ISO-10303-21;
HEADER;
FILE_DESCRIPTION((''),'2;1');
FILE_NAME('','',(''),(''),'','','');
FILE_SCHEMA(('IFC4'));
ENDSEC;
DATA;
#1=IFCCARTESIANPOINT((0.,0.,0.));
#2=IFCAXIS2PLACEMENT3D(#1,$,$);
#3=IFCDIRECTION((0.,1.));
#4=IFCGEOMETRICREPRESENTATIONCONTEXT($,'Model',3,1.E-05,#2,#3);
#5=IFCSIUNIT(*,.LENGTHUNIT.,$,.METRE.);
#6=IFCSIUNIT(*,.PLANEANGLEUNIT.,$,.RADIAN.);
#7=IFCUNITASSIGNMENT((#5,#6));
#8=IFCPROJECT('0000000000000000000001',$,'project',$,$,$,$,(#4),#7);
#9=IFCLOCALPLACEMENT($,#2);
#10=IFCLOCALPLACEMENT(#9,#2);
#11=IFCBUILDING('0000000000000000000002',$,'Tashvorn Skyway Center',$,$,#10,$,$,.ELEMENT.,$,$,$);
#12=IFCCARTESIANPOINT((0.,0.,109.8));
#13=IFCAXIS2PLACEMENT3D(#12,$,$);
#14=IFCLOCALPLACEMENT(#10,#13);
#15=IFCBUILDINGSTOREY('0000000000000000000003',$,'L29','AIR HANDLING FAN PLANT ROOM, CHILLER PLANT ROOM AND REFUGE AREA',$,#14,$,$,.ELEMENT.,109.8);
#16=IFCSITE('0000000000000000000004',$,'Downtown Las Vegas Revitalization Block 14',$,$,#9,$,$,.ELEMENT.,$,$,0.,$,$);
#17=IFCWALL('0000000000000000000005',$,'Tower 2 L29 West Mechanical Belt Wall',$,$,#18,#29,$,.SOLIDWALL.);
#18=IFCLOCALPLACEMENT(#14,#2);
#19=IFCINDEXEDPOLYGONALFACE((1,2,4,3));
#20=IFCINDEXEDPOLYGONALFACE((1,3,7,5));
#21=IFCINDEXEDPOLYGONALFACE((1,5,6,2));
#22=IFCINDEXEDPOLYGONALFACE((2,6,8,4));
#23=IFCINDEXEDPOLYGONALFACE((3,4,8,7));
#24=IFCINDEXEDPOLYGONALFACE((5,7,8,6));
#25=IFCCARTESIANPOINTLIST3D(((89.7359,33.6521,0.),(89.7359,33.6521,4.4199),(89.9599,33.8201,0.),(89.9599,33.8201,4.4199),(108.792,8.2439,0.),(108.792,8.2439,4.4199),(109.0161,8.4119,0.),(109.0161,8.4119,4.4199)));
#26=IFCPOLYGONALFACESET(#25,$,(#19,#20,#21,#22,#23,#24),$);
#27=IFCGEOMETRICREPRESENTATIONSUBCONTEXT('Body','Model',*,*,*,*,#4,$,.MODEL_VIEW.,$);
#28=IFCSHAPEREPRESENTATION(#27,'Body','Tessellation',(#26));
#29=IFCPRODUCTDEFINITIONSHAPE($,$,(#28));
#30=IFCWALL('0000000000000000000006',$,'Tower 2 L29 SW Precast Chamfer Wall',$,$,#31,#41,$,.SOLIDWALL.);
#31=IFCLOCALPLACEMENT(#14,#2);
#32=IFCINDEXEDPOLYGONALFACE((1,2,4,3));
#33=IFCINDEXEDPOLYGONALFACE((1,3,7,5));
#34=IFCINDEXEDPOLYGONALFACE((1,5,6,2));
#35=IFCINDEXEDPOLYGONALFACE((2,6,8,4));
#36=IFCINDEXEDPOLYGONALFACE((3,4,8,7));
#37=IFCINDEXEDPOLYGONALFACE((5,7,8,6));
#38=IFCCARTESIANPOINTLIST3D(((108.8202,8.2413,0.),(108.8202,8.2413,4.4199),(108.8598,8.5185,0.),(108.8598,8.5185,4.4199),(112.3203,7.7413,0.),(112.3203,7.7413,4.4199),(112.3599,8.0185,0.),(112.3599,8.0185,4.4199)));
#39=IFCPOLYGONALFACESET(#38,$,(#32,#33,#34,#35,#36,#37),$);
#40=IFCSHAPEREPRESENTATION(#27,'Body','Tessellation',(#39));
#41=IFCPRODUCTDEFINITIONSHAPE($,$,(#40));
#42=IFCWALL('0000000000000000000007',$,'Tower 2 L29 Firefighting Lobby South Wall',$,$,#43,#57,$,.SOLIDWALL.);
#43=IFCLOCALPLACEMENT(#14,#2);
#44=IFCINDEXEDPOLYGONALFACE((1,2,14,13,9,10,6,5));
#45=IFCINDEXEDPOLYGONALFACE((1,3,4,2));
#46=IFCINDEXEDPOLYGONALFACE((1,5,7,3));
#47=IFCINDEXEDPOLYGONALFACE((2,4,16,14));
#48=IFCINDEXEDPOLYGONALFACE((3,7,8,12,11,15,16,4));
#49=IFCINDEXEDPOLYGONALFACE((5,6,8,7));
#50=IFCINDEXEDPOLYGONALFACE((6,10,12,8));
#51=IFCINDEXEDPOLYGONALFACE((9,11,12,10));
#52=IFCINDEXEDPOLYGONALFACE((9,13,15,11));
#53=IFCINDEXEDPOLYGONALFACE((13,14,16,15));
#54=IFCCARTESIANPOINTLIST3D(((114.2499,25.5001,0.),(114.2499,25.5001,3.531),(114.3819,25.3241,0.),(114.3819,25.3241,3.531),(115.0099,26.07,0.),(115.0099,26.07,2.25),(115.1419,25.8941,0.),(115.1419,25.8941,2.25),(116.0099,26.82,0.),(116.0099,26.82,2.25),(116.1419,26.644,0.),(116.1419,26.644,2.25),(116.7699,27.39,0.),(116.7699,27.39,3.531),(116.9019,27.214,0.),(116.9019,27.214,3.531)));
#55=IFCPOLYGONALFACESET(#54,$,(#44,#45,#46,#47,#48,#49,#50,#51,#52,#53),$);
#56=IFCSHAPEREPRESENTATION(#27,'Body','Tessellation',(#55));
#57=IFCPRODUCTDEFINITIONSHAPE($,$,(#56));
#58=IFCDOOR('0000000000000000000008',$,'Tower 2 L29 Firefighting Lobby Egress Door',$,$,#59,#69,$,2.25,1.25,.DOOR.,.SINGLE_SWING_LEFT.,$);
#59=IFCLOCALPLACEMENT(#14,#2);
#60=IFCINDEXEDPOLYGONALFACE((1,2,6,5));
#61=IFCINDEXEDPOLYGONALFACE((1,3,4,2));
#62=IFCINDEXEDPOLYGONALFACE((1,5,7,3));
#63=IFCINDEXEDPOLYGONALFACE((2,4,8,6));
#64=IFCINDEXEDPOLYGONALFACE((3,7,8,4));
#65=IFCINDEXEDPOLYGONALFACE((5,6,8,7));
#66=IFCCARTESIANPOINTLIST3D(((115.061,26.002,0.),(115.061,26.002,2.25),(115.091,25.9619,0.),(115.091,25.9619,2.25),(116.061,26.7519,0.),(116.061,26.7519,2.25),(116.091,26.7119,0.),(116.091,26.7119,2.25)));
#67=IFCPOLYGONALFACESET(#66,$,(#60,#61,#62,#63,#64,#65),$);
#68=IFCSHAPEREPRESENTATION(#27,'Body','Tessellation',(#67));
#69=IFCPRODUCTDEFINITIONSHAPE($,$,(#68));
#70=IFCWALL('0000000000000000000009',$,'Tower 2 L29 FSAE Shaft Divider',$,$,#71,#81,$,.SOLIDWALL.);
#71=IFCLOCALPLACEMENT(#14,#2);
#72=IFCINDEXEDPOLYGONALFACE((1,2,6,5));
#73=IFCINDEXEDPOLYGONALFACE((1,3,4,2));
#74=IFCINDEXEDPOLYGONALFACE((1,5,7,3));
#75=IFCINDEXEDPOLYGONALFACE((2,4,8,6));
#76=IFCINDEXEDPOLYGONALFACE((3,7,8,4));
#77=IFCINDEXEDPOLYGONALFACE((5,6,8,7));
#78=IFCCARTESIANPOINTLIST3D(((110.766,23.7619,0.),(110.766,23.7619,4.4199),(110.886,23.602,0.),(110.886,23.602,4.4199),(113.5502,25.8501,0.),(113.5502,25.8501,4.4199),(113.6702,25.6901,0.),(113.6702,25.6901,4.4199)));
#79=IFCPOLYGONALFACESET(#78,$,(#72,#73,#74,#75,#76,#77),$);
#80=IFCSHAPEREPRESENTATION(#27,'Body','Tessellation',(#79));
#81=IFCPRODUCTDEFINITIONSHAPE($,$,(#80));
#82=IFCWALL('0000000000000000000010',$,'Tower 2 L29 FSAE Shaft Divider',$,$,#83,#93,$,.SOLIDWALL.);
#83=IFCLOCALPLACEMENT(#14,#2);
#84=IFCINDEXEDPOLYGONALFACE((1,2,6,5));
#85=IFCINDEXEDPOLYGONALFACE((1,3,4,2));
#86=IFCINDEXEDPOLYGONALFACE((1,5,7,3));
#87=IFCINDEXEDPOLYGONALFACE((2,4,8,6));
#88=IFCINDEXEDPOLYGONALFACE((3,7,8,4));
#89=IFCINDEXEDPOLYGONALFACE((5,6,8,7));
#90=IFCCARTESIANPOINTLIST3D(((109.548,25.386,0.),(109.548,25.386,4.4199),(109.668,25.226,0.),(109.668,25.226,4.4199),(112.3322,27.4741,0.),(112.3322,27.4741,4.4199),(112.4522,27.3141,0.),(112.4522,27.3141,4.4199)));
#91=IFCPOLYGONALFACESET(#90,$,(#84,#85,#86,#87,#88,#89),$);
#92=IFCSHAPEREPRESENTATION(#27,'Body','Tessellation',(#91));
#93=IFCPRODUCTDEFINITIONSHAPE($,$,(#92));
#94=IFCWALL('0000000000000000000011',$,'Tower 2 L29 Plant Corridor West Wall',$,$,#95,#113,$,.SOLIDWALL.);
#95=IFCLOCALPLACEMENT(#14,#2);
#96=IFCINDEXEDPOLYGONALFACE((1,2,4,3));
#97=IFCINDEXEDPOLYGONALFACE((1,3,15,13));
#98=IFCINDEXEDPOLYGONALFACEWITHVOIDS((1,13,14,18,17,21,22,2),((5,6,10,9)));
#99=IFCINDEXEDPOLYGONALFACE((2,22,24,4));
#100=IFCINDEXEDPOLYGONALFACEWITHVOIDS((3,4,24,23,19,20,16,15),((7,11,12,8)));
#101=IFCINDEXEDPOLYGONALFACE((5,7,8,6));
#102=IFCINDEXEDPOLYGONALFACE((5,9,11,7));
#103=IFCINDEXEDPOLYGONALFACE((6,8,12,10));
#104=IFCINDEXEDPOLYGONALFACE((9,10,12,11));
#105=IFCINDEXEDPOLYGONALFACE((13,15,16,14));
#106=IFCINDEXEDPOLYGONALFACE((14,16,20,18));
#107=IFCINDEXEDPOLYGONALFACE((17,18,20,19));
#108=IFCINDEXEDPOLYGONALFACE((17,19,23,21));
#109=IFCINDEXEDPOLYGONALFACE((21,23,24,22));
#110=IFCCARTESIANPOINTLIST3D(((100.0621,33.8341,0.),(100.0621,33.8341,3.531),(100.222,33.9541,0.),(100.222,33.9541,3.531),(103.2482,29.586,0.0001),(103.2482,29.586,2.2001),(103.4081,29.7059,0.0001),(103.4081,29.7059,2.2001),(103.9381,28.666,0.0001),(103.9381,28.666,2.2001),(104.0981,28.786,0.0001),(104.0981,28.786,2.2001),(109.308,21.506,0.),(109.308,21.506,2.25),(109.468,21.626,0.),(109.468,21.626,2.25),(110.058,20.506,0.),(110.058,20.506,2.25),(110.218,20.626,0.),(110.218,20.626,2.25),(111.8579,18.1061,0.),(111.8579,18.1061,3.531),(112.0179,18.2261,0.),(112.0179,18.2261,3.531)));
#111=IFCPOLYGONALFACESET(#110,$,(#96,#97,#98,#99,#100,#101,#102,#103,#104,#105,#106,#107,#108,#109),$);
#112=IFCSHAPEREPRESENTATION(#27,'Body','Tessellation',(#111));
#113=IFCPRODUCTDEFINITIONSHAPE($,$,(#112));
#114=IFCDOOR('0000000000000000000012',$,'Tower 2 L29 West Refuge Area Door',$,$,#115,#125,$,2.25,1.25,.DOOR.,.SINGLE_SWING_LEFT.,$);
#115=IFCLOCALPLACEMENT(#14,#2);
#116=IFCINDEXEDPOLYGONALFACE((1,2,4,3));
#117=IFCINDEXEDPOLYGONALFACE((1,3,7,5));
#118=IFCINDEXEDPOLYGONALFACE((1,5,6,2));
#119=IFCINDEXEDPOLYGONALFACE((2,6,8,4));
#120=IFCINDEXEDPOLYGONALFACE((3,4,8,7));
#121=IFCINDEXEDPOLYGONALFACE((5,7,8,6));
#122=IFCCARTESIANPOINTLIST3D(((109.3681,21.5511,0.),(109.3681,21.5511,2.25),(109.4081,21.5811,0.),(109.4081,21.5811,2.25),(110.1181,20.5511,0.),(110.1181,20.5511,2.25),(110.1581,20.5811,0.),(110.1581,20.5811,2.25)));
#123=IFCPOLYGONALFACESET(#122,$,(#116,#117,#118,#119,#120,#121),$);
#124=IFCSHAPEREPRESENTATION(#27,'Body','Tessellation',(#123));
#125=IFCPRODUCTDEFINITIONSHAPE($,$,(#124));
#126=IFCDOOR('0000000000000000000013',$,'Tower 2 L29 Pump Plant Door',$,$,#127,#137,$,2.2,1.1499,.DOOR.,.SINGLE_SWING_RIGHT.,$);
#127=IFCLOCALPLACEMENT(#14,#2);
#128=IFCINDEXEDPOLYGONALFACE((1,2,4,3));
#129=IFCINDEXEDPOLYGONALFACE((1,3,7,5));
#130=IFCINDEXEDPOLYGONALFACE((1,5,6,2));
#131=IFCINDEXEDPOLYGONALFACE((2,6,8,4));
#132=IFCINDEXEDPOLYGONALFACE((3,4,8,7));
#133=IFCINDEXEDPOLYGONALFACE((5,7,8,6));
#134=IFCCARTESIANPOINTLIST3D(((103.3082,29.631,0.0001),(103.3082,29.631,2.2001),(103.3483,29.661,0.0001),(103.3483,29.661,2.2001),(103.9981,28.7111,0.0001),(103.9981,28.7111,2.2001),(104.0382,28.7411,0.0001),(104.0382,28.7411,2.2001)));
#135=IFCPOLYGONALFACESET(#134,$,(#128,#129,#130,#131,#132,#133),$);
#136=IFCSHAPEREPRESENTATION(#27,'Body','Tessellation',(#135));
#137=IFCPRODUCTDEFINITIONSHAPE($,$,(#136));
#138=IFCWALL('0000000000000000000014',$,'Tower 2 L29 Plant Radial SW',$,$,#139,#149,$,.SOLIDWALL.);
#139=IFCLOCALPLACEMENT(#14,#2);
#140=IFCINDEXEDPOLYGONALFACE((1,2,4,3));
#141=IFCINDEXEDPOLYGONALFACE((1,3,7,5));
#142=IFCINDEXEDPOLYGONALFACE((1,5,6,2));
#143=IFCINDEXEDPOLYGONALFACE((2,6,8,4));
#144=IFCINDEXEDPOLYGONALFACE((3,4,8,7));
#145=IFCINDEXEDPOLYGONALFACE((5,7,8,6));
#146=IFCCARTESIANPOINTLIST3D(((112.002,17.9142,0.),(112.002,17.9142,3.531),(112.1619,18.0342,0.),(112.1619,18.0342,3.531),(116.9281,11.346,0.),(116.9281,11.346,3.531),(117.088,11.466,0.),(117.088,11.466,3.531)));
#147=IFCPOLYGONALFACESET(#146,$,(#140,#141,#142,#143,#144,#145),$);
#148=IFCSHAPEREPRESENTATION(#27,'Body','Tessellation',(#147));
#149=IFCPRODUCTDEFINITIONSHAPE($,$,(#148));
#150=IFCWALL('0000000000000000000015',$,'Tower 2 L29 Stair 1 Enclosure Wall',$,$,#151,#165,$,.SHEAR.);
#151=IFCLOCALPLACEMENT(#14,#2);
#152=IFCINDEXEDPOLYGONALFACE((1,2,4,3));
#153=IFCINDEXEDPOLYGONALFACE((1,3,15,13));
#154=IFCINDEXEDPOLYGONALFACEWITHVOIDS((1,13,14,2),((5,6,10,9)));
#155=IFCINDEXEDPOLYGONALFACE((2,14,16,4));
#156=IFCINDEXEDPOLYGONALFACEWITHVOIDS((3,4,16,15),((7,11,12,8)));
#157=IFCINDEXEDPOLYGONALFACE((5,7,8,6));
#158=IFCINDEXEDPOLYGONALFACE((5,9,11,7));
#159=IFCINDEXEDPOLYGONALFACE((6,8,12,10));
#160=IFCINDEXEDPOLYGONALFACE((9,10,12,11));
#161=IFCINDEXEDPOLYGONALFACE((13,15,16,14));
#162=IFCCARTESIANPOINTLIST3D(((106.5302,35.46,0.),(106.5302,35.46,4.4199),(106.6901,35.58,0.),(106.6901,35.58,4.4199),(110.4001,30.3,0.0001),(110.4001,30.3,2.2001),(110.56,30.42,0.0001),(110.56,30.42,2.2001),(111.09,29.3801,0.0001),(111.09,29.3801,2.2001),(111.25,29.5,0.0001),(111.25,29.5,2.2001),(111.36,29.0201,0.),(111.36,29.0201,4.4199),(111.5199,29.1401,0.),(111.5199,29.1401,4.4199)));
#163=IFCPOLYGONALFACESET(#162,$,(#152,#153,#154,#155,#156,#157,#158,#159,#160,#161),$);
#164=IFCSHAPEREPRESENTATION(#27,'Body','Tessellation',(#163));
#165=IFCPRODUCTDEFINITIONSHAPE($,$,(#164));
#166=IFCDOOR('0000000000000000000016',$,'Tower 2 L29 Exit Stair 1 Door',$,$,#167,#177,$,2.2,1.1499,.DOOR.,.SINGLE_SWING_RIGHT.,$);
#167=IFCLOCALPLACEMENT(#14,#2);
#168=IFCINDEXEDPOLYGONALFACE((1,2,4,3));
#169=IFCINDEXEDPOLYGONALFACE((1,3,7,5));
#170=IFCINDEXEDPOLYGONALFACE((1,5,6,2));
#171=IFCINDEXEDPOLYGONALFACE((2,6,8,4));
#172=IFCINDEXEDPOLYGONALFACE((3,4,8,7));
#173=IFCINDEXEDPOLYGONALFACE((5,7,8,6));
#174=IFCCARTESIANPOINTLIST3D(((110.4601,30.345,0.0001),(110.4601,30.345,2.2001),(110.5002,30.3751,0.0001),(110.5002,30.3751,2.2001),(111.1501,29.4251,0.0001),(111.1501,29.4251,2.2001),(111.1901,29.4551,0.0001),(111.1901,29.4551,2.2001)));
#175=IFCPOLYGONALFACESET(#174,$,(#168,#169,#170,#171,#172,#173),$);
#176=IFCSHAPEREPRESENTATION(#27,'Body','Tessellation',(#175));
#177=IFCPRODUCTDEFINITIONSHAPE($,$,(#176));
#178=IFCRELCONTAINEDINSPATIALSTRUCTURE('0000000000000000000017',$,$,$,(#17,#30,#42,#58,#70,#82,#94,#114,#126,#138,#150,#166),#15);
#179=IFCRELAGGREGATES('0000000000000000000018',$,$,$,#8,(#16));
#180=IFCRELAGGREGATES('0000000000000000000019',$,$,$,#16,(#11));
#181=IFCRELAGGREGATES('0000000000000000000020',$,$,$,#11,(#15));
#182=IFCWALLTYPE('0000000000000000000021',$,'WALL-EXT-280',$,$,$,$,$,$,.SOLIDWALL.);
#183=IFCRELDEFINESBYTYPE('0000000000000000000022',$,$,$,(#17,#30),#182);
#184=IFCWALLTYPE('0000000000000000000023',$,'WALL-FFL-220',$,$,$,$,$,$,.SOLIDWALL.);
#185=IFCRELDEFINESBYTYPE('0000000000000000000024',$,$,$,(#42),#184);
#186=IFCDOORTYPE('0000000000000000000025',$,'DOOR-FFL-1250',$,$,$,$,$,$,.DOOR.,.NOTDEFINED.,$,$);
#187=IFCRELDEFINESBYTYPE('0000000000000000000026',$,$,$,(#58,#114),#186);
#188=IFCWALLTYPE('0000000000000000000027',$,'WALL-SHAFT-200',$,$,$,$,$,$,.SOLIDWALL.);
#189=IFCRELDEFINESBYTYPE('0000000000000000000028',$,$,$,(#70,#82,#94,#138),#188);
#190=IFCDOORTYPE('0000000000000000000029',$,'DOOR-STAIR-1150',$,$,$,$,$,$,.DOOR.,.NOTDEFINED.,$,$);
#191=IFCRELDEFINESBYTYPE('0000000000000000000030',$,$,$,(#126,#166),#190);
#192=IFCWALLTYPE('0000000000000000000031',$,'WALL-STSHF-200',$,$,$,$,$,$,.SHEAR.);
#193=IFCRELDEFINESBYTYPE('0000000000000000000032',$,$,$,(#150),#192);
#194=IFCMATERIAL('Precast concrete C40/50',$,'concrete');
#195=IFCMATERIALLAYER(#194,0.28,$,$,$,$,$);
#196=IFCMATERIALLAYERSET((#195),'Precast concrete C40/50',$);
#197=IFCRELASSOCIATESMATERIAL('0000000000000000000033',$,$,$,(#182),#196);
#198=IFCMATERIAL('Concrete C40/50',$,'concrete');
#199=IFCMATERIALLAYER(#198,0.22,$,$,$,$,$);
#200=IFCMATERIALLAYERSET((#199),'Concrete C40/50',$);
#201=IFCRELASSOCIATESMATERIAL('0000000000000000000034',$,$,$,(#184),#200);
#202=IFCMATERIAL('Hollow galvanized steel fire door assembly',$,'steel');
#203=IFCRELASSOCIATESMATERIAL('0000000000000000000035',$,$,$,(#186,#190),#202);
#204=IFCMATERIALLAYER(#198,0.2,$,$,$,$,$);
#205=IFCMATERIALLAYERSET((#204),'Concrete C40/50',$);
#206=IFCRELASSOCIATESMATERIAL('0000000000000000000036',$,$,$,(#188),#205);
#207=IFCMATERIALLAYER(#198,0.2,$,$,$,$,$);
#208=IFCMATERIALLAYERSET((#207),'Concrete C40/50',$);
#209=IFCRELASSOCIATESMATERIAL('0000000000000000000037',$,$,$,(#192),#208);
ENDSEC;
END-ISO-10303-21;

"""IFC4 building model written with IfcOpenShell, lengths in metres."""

from ifc_helpers import new_model, si_unit, direction, frame, frame_2d, origin, place, context, subcontext, project, spatial, rectangle, extrude, material, layer, layer_set, type_object, element, fill, save


model = new_model("IFC4")

# Units and contexts
model_context = context("Model", 3, precision=1e-05, world=origin(), true_north=direction((0.0, 1.0)))
body_context = subcontext(model_context, "Body", "Model", "MODEL_VIEW")
ifc_project = project(units=[si_unit("LENGTHUNIT", "METRE"), si_unit("PLANEANGLEUNIT", "RADIAN")], contexts=[model_context])

# Site, building, storey
site_placement = place(None, origin())
site = spatial("IfcSite", under=ifc_project, at=site_placement, Name="Downtown Las Vegas Revitalization Block 14", CompositionType="ELEMENT", RefElevation=0.0)
building_placement = place(site_placement, origin())
building = spatial("IfcBuilding", under=site, at=building_placement, Name="Tashvorn Skyway Center", CompositionType="ELEMENT")
storey_placement = place(building_placement, frame((0.0, 0.0, 109.8)))
storey = spatial("IfcBuildingStorey", under=building, at=storey_placement, Name="L29", Description="AIR HANDLING FAN PLANT ROOM, CHILLER PLANT ROOM AND REFUGE AREA", CompositionType="ELEMENT", Elevation=109.8)

# Walls
ifc_material_1 = material(Name="Precast concrete C40/50", Category="concrete")
ifc_layer_1 = layer(ifc_material_1, 0.28)
ifc_layer_set_1 = layer_set([ifc_layer_1], Name="Precast concrete C40/50")
wall_type_1 = type_object("IfcWallType", Name="WALL-EXT-280", PredefinedType="SOLIDWALL", material=ifc_layer_set_1)
wall_1_placement = place(storey_placement, frame((108.9041, 8.3279, 0.0), z_axis=(0.0, 0.0, 1.0), x_axis=(-0.6, 0.8, 0.0)))
element("IfcWall", 1, at=wall_1_placement, inside=storey, type_object=wall_type_1, Name="Tower 2 L29 West Mechanical Belt Wall", PredefinedType="SOLIDWALL", context=body_context, shape_type="SweptSolid", body=[
    extrude(rectangle(XDim=31.7603, YDim=0.28, at=frame_2d((15.8801, 0.0))), origin(), (0.0, 0.0, 1.0), 4.4199),
])
wall_2_placement = place(storey_placement, frame((112.3401, 7.8799, 0.0), z_axis=(0.0, 0.0, 1.0), x_axis=(-0.989949, 0.141421, 0.0)))
element("IfcWall", 2, at=wall_2_placement, inside=storey, type_object=wall_type_1, Name="Tower 2 L29 SW Precast Chamfer Wall", PredefinedType="SOLIDWALL", context=body_context, shape_type="SweptSolid", body=[
    extrude(rectangle(XDim=3.5356, YDim=0.28, at=frame_2d((1.7678, 0.0))), origin(), (0.0, 0.0, 1.0), 4.4199),
])

# Wall, opening, door
ifc_material_2 = material(Name="Concrete C40/50", Category="concrete")
ifc_layer_2 = layer(ifc_material_2, 0.22)
ifc_layer_set_2 = layer_set([ifc_layer_2], Name="Concrete C40/50")
wall_type_2 = type_object("IfcWallType", Name="WALL-FFL-220", PredefinedType="SOLIDWALL", material=ifc_layer_set_2)
wall_3_placement = place(storey_placement, frame((114.3159, 25.4121, 0.0), z_axis=(0.0, 0.0, 1.0), x_axis=(0.800019, 0.599975, 0.0)))
wall_3 = element("IfcWall", 3, at=wall_3_placement, inside=storey, type_object=wall_type_2, Name="Tower 2 L29 Firefighting Lobby South Wall", PredefinedType="SOLIDWALL", context=body_context, shape_type="SweptSolid", body=[
    extrude(rectangle(XDim=3.1499, YDim=0.22, at=frame_2d((1.575, 0.0))), origin(), (0.0, 0.0, 1.0), 3.531),
])
opening_1_placement = place(wall_3_placement, frame((0.95, 0.0, 0.0)))
opening_1 = element("IfcOpeningElement", 4, at=opening_1_placement, cuts=wall_3, PredefinedType="OPENING", context=body_context, shape_type="SweptSolid", body=[
    extrude(rectangle(XDim=1.25, YDim=2.25, at=frame_2d((0.625, 1.125))), frame((0.0, 0.1199, 0.0), z_axis=(0.0, -1.0, 0.0), x_axis=(1.0, 0.0, 0.0)), (0.0, 0.0, 1.0), 0.24),
])
ifc_material_3 = material(Name="Hollow galvanized steel fire door assembly", Category="steel")
door_type_1 = type_object("IfcDoorType", Name="DOOR-FFL-1250", OperationType="NOTDEFINED", PredefinedType="DOOR", material=ifc_material_3)
door_1_placement = place(opening_1_placement, origin())
door_1 = element("IfcDoor", 5, at=door_1_placement, inside=storey, type_object=door_type_1, Name="Tower 2 L29 Firefighting Lobby Egress Door", OperationType="SINGLE_SWING_LEFT", OverallHeight=2.25, OverallWidth=1.25, PredefinedType="DOOR", context=body_context, shape_type="SweptSolid", body=[
    extrude(rectangle(XDim=1.25, YDim=2.25, at=frame_2d((0.625, 1.125))), frame((0.0, 0.0249, 0.0), z_axis=(0.0, -1.0, 0.0), x_axis=(1.0, 0.0, 0.0)), (0.0, 0.0, 1.0), 0.05),
])
fill(opening_1, door_1)

# Walls
ifc_layer_3 = layer(ifc_material_2, 0.2)
ifc_layer_set_3 = layer_set([ifc_layer_3], Name="Concrete C40/50")
wall_type_3 = type_object("IfcWallType", Name="WALL-SHAFT-200", PredefinedType="SOLIDWALL", material=ifc_layer_set_3)
for number, where, z_axis, x_axis, name in (
    (6, (110.8259, 23.6819, 0.0), (0.0, 0.0, 1.0), (0.8, 0.6, 0.0), "Tower 2 L29 FSAE Shaft Divider"),
    (7, (109.6079, 25.3059, 0.0), (0.0, 0.0, 1.0), (0.8, 0.6, 0.0), "Tower 2 L29 FSAE Shaft Divider"),
):
    element("IfcWall", number, at=place(storey_placement, frame(where, z_axis=z_axis, x_axis=x_axis)), inside=storey, type_object=wall_type_3, Name=name, PredefinedType="SOLIDWALL", context=body_context, shape_type="SweptSolid", body=[
        extrude(rectangle(XDim=3.4802, YDim=0.2, at=frame_2d((1.7402, 0.0))), origin(), (0.0, 0.0, 1.0), 4.4199),
    ])

# Wall, openings, doors
wall_4_placement = place(storey_placement, frame((111.938, 18.166, 0.0), z_axis=(0.0, 0.0, 1.0), x_axis=(-0.599996, 0.800003, 0.0)))
wall_4 = element("IfcWall", 8, at=wall_4_placement, inside=storey, type_object=wall_type_3, Name="Tower 2 L29 Plant Corridor West Wall", PredefinedType="SOLIDWALL", context=body_context, shape_type="SweptSolid", body=[
    extrude(rectangle(XDim=19.6599, YDim=0.2, at=frame_2d((9.8301, 0.0))), origin(), (0.0, 0.0, 1.0), 3.531),
])
opening_2_placement = place(wall_4_placement, frame((3.0, 0.0, 0.0)))
opening_2 = element("IfcOpeningElement", 9, at=opening_2_placement, cuts=wall_4, PredefinedType="OPENING", context=body_context, shape_type="SweptSolid", body=[
    extrude(rectangle(XDim=1.25, YDim=2.25, at=frame_2d((0.625, 1.125))), frame((0.0, 0.1099, 0.0), z_axis=(0.0, -1.0, 0.0), x_axis=(1.0, 0.0, 0.0)), (0.0, 0.0, 1.0), 0.22),
])
opening_3_placement = place(wall_4_placement, frame((13.2, 0.0, 0.0)))
opening_3 = element("IfcOpeningElement", 10, at=opening_3_placement, cuts=wall_4, PredefinedType="OPENING", context=body_context, shape_type="SweptSolid", body=[
    extrude(rectangle(XDim=1.1499, YDim=2.2, at=frame_2d((0.575, 1.1001))), frame((0.0, 0.1099, 0.0), z_axis=(0.0, -1.0, 0.0), x_axis=(1.0, 0.0, 0.0)), (0.0, 0.0, 1.0), 0.22),
])
door_2_placement = place(opening_2_placement, origin())
door_2 = element("IfcDoor", 11, at=door_2_placement, inside=storey, type_object=door_type_1, Name="Tower 2 L29 West Refuge Area Door", OperationType="SINGLE_SWING_LEFT", OverallHeight=2.25, OverallWidth=1.25, PredefinedType="DOOR", context=body_context, shape_type="SweptSolid", body=[
    extrude(rectangle(XDim=1.25, YDim=2.25, at=frame_2d((0.625, 1.125))), frame((0.0, 0.0249, 0.0), z_axis=(0.0, -1.0, 0.0), x_axis=(1.0, 0.0, 0.0)), (0.0, 0.0, 1.0), 0.05),
])
fill(opening_2, door_2)
door_type_2 = type_object("IfcDoorType", Name="DOOR-STAIR-1150", OperationType="NOTDEFINED", PredefinedType="DOOR", material=ifc_material_3)
door_3_placement = place(opening_3_placement, origin())
door_3 = element("IfcDoor", 12, at=door_3_placement, inside=storey, type_object=door_type_2, Name="Tower 2 L29 Pump Plant Door", OperationType="SINGLE_SWING_RIGHT", OverallHeight=2.2, OverallWidth=1.1499, PredefinedType="DOOR", context=body_context, shape_type="SweptSolid", body=[
    extrude(rectangle(XDim=1.1499, YDim=2.2, at=frame_2d((0.575, 1.1001))), frame((0.0, 0.0249, 0.0), z_axis=(0.0, -1.0, 0.0), x_axis=(1.0, 0.0, 0.0)), (0.0, 0.0, 1.0), 0.05),
])
fill(opening_3, door_3)

# Wall
wall_5_placement = place(storey_placement, frame((112.082, 17.9741, 0.0), z_axis=(0.0, 0.0, 1.0), x_axis=(0.599995, -0.800004, 0.0)))
element("IfcWall", 13, at=wall_5_placement, inside=storey, type_object=wall_type_3, Name="Tower 2 L29 Plant Radial SW", PredefinedType="SOLIDWALL", context=body_context, shape_type="SweptSolid", body=[
    extrude(rectangle(XDim=8.2102, YDim=0.2, at=frame_2d((4.105, 0.0))), origin(), (0.0, 0.0, 1.0), 3.531),
])

# Wall, opening, door
ifc_layer_4 = layer(ifc_material_2, 0.2)
ifc_layer_set_4 = layer_set([ifc_layer_4], Name="Concrete C40/50")
wall_type_4 = type_object("IfcWallType", Name="WALL-STSHF-200", PredefinedType="SHEAR", material=ifc_layer_set_4)
wall_6_placement = place(storey_placement, frame((111.4399, 29.0801, 0.0), z_axis=(0.0, 0.0, 1.0), x_axis=(-0.59999, 0.800007, 0.0)))
wall_6 = element("IfcWall", 14, at=wall_6_placement, inside=storey, type_object=wall_type_4, Name="Tower 2 L29 Stair 1 Enclosure Wall", PredefinedType="SHEAR", context=body_context, shape_type="SweptSolid", body=[
    extrude(rectangle(XDim=8.0498, YDim=0.2, at=frame_2d((4.0249, 0.0))), origin(), (0.0, 0.0, 1.0), 4.4199),
])
opening_4_placement = place(wall_6_placement, frame((0.45, 0.0, 0.0)))
opening_4 = element("IfcOpeningElement", 15, at=opening_4_placement, cuts=wall_6, PredefinedType="OPENING", context=body_context, shape_type="SweptSolid", body=[
    extrude(rectangle(XDim=1.1499, YDim=2.2, at=frame_2d((0.575, 1.1001))), frame((0.0, 0.1099, 0.0), z_axis=(0.0, -1.0, 0.0), x_axis=(1.0, 0.0, 0.0)), (0.0, 0.0, 1.0), 0.22),
])
door_4_placement = place(opening_4_placement, origin())
door_4 = element("IfcDoor", 16, at=door_4_placement, inside=storey, type_object=door_type_2, Name="Tower 2 L29 Exit Stair 1 Door", OperationType="SINGLE_SWING_RIGHT", OverallHeight=2.2, OverallWidth=1.1499, PredefinedType="DOOR", context=body_context, shape_type="SweptSolid", body=[
    extrude(rectangle(XDim=1.1499, YDim=2.2, at=frame_2d((0.575, 1.1001))), frame((0.0, 0.0249, 0.0), z_axis=(0.0, -1.0, 0.0), x_axis=(1.0, 0.0, 0.0)), (0.0, 0.0, 1.0), 0.05),
])
fill(opening_4, door_4)

save(model, "model.ifc")
